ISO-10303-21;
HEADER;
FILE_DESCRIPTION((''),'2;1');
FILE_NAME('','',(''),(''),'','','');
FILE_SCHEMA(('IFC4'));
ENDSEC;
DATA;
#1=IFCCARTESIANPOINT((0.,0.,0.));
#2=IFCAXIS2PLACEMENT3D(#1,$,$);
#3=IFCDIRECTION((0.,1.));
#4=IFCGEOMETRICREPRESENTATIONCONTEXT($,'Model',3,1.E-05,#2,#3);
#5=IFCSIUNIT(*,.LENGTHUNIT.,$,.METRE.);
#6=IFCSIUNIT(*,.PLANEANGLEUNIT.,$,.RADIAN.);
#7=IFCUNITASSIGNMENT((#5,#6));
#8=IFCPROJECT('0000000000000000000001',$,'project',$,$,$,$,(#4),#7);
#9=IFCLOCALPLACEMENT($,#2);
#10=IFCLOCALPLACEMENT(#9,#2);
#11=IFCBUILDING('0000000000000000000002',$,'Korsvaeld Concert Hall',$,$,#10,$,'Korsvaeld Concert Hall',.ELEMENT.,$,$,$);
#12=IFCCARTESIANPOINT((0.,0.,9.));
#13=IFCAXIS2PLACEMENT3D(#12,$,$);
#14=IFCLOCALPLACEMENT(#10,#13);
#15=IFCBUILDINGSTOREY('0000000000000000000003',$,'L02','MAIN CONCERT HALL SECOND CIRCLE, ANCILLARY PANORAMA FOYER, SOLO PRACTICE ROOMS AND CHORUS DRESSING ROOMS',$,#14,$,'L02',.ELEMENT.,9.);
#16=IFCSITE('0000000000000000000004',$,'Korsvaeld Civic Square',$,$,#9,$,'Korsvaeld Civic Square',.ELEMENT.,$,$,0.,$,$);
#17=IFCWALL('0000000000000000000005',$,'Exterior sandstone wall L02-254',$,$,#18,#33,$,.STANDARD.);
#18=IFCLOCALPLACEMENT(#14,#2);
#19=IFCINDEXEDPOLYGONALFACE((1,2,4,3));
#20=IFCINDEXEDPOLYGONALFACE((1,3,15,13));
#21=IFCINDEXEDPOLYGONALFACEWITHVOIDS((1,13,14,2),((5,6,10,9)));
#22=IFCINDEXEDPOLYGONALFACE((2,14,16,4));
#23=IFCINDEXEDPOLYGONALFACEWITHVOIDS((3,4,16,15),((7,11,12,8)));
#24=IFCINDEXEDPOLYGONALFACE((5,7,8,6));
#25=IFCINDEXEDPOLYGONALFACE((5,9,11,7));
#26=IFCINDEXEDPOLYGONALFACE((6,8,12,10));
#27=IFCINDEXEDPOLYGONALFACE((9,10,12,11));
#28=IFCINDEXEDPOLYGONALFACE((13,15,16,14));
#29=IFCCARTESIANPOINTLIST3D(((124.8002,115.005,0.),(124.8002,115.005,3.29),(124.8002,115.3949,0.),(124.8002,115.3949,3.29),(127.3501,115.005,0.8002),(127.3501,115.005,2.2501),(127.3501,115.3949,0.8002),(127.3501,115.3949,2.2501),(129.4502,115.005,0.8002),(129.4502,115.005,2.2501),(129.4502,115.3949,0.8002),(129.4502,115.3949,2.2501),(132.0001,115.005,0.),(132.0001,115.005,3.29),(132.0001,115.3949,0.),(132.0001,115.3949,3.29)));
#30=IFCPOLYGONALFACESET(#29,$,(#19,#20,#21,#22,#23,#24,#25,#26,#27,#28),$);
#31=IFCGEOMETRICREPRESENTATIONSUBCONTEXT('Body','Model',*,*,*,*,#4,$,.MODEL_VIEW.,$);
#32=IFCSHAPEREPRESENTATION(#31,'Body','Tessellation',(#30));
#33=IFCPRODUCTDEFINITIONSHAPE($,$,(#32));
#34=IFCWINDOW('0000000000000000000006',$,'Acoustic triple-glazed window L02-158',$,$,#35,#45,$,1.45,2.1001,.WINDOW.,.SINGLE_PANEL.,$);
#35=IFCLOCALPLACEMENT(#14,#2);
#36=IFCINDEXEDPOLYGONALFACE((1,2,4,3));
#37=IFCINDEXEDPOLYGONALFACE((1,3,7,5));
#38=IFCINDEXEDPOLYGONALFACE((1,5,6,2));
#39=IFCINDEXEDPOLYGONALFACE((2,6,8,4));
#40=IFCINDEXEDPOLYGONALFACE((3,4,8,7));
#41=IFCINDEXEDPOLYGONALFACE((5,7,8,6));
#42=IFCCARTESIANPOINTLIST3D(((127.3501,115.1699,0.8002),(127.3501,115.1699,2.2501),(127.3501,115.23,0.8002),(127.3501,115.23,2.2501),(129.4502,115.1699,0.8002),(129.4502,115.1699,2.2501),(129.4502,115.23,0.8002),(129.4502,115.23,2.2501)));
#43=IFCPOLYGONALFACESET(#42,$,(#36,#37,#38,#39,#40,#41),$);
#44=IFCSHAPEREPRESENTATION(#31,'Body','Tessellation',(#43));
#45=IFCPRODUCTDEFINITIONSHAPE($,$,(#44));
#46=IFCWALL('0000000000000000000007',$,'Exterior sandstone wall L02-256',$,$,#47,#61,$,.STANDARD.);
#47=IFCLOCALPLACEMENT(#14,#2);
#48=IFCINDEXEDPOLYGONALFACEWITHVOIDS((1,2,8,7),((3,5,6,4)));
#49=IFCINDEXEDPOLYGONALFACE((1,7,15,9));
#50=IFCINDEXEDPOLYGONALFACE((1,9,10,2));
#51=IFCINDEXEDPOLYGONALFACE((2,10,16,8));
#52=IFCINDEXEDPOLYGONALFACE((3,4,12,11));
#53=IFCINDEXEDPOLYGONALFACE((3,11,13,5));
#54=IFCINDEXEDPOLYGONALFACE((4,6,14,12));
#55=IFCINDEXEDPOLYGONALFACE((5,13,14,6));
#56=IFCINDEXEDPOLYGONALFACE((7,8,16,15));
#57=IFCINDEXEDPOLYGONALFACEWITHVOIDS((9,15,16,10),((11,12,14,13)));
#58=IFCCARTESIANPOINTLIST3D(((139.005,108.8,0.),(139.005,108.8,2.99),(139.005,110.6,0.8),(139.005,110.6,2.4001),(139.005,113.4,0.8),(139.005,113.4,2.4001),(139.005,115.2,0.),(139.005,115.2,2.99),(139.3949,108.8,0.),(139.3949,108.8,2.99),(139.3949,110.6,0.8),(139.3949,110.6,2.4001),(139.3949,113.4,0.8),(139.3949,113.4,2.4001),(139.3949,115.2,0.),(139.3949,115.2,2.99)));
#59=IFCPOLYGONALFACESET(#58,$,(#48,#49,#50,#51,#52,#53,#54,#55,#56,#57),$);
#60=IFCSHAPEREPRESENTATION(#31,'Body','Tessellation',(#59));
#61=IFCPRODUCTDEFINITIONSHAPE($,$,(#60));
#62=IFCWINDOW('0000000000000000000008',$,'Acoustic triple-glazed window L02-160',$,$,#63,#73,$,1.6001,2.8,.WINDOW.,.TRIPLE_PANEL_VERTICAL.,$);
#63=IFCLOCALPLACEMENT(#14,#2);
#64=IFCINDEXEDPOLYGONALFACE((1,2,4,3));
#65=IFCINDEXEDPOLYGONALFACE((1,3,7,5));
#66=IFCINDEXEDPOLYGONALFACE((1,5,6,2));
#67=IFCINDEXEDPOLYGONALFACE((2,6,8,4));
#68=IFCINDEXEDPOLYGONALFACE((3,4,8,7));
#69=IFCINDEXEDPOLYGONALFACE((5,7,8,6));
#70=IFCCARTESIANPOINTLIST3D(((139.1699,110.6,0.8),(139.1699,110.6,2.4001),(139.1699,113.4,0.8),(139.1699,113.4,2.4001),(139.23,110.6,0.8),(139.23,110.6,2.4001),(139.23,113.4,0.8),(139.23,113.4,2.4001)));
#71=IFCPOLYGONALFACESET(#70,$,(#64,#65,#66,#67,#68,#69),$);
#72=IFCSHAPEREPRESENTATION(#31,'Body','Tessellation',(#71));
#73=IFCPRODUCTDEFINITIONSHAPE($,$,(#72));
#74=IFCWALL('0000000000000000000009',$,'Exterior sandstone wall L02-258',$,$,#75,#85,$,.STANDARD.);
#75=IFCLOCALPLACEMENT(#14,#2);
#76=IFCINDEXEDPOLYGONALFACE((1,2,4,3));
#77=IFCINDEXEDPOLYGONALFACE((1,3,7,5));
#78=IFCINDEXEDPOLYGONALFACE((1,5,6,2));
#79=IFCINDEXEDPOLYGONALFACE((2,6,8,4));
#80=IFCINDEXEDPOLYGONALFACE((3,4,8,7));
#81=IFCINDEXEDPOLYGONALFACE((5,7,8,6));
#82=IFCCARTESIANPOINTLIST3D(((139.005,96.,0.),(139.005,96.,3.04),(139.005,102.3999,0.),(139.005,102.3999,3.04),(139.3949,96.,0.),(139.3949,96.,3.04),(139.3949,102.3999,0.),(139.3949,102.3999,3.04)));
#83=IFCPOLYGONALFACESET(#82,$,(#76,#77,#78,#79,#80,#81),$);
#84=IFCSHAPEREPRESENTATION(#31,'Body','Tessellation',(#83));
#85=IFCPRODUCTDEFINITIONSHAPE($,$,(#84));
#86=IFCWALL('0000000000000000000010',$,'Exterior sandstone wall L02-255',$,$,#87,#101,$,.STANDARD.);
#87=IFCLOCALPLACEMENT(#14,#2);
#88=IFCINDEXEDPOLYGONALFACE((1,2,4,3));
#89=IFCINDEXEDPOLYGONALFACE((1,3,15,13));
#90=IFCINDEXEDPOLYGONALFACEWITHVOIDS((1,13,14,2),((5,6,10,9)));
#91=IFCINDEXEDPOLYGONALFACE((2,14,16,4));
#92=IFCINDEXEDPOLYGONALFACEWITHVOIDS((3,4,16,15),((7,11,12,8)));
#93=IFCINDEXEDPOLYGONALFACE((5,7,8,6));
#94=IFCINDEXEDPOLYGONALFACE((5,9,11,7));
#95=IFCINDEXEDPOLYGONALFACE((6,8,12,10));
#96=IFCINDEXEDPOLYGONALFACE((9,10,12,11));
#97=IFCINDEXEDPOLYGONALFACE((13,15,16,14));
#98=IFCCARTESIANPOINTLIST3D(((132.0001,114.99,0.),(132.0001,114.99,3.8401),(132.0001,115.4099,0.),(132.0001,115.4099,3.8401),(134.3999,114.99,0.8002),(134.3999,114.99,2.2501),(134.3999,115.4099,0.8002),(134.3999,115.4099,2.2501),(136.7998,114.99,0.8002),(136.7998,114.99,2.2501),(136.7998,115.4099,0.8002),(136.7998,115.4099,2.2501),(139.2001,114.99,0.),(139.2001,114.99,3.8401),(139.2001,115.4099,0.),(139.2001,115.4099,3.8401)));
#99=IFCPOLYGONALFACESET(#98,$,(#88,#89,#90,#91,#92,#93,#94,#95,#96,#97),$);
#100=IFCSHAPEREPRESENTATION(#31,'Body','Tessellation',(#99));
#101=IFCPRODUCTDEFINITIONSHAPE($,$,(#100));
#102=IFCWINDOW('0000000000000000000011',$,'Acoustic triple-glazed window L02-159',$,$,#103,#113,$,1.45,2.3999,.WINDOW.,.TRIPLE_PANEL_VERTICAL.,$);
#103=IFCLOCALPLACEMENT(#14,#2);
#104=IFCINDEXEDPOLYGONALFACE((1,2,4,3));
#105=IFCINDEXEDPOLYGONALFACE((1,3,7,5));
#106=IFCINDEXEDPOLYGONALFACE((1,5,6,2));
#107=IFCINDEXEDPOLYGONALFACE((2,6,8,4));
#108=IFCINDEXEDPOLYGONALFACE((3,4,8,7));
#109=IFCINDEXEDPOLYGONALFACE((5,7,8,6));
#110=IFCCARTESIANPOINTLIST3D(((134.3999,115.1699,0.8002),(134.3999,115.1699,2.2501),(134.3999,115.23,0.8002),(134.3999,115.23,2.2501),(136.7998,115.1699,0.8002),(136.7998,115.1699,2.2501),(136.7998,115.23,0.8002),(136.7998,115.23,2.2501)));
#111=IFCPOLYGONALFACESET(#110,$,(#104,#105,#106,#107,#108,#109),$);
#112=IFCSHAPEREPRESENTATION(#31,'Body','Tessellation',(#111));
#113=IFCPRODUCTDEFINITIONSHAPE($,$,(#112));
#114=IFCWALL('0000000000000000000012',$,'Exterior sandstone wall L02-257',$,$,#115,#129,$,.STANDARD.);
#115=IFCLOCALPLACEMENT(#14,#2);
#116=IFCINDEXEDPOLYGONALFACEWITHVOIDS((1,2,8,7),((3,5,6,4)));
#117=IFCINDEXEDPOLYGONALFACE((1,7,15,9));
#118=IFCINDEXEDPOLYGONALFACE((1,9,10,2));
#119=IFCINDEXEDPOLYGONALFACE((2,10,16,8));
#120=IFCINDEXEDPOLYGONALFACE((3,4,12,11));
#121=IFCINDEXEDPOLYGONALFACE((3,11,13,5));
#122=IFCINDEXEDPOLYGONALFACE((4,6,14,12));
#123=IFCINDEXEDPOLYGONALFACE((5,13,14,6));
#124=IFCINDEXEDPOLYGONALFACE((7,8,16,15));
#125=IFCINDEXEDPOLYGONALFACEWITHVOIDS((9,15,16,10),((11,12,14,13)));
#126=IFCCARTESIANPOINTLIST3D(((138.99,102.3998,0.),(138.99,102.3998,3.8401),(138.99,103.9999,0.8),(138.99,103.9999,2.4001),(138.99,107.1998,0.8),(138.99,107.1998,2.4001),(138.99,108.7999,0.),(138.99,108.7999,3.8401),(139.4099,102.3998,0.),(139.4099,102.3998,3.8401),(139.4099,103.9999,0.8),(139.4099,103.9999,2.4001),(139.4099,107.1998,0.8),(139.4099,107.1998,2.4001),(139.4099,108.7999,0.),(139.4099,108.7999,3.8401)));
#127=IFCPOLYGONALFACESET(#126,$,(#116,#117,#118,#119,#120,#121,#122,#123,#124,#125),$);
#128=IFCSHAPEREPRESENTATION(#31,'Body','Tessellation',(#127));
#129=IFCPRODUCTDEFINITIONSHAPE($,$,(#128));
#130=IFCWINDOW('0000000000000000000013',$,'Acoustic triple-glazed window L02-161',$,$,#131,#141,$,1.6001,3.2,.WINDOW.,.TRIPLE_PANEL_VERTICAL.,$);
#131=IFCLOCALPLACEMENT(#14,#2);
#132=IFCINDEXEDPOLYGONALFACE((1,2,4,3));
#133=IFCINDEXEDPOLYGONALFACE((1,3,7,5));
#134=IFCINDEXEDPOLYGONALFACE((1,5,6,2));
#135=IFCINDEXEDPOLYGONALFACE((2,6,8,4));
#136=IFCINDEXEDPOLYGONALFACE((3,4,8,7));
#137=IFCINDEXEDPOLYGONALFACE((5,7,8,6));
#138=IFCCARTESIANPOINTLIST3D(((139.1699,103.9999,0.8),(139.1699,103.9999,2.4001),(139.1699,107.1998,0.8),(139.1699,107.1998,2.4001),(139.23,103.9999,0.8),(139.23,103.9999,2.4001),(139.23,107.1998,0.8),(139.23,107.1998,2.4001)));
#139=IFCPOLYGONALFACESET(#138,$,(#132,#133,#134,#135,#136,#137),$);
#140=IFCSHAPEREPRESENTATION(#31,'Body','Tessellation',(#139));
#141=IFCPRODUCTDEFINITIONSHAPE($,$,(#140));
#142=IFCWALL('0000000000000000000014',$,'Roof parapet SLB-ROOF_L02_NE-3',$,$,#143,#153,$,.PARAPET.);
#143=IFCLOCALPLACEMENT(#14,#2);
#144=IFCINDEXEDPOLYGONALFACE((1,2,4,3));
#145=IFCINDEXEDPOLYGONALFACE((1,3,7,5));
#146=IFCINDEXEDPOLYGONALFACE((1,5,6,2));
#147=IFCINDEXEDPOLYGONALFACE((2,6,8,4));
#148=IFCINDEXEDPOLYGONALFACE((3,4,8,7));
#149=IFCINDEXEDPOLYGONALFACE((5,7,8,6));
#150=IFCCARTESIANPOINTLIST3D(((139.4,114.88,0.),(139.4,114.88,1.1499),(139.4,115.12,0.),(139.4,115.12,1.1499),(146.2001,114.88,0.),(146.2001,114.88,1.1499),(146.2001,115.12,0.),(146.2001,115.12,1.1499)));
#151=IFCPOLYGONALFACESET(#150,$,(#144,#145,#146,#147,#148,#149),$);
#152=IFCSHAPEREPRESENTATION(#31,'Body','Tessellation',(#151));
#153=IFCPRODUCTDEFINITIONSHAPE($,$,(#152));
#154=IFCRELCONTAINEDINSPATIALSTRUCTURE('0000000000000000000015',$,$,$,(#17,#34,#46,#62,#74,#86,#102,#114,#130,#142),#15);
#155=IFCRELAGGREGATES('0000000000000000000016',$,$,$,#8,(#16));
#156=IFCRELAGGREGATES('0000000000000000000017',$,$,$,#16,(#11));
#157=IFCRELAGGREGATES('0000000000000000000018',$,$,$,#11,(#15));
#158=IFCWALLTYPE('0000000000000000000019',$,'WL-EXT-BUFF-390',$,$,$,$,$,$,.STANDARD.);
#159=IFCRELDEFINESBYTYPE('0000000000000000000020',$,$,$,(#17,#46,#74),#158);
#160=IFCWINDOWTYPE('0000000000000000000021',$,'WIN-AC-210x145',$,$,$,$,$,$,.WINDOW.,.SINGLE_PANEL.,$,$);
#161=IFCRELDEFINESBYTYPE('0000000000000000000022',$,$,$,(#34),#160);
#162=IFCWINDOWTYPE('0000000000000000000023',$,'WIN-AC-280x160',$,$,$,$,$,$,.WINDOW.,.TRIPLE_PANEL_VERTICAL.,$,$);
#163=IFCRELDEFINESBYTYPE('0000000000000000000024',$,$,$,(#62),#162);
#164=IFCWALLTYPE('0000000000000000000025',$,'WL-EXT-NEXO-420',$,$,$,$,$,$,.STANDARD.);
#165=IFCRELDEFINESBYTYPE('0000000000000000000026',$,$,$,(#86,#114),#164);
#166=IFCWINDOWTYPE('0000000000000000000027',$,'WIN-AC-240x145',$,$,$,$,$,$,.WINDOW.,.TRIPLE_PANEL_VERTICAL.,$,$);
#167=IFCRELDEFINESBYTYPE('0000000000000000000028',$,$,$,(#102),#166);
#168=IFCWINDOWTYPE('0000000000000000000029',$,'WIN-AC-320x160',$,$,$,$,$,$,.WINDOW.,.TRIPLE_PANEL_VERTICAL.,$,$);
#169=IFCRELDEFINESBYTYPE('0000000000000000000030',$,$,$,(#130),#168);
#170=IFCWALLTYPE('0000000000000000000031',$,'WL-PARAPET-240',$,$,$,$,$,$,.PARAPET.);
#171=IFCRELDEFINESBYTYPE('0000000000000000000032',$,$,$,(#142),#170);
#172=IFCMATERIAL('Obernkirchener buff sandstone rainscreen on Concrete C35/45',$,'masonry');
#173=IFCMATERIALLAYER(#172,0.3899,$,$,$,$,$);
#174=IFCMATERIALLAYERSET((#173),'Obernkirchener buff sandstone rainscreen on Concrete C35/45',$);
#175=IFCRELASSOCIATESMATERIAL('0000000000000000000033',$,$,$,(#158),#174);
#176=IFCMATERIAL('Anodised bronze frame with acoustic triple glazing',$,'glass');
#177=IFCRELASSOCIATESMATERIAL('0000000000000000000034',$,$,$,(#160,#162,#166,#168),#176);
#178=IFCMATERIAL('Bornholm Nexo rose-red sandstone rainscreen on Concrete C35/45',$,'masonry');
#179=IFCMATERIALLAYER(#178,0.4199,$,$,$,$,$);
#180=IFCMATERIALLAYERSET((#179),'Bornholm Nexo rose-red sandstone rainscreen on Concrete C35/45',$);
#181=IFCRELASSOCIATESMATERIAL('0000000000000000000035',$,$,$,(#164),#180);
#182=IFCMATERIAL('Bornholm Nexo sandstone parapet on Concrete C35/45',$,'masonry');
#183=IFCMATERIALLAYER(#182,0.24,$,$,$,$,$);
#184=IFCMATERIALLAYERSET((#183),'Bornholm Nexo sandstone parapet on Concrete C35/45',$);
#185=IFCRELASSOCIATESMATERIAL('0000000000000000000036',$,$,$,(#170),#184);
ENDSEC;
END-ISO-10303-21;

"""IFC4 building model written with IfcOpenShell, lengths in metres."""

from ifc_helpers import new_model, si_unit, direction, frame, frame_2d, origin, place, context, subcontext, project, spatial, rectangle, extrude, material, layer, layer_set, type_object, element, fill, save


model = new_model("IFC4")

# Units and contexts
model_context = context("Model", 3, precision=1e-05, world=origin(), true_north=direction((0.0, 1.0)))
body_context = subcontext(model_context, "Body", "Model", "MODEL_VIEW")
ifc_project = project(units=[si_unit("LENGTHUNIT", "METRE"), si_unit("PLANEANGLEUNIT", "RADIAN")], contexts=[model_context])

# Site, building, storey
site_placement = place(None, origin())
site = spatial("IfcSite", under=ifc_project, at=site_placement, Name="Korsvaeld Civic Square", LongName="Korsvaeld Civic Square", CompositionType="ELEMENT", RefElevation=0.0)
building_placement = place(site_placement, origin())
building = spatial("IfcBuilding", under=site, at=building_placement, Name="Korsvaeld Concert Hall", LongName="Korsvaeld Concert Hall", CompositionType="ELEMENT")
storey_placement = place(building_placement, frame((0.0, 0.0, 9.0)))
storey = spatial("IfcBuildingStorey", under=building, at=storey_placement, Name="L02", Description="MAIN CONCERT HALL SECOND CIRCLE, ANCILLARY PANORAMA FOYER, SOLO PRACTICE ROOMS AND CHORUS DRESSING ROOMS", LongName="L02", CompositionType="ELEMENT", Elevation=9.0)

# Walls, openings, windows
ifc_material_1 = material(Name="Obernkirchener buff sandstone rainscreen on Concrete C35/45", Category="masonry")
ifc_layer_1 = layer(ifc_material_1, 0.3899)
ifc_layer_set_1 = layer_set([ifc_layer_1], Name="Obernkirchener buff sandstone rainscreen on Concrete C35/45")
wall_type_1 = type_object("IfcWallType", Name="WL-EXT-BUFF-390", PredefinedType="STANDARD", material=ifc_layer_set_1)
wall_1_placement = place(storey_placement, frame((124.8, 115.2, 0.0), z_axis=(0.0, 0.0, 1.0), x_axis=(1.0, 0.0, 0.0)))
wall_1 = element("IfcWall", 1, at=wall_1_placement, inside=storey, type_object=wall_type_1, Name="Exterior sandstone wall L02-254", PredefinedType="STANDARD", context=body_context, shape_type="SweptSolid", body=[
    extrude(rectangle(XDim=7.2, YDim=0.3899, at=frame_2d((3.6001, 0.0))), origin(), (0.0, 0.0, 1.0), 3.29),
])
opening_1_placement = place(wall_1_placement, frame((2.55, 0.0, 0.8)))
opening_1 = element("IfcOpeningElement", 2, at=opening_1_placement, cuts=wall_1, PredefinedType="OPENING", context=body_context, shape_type="SweptSolid", body=[
    extrude(rectangle(XDim=2.1001, YDim=1.45, at=frame_2d((1.05, 0.7251))), frame((0.0, 0.2051, 0.0), z_axis=(0.0, -1.0, 0.0), x_axis=(1.0, 0.0, 0.0)), (0.0, 0.0, 1.0), 0.4099),
])
ifc_material_2 = material(Name="Anodised bronze frame with acoustic triple glazing", Category="glass")
window_type_1 = type_object("IfcWindowType", Name="WIN-AC-210x145", PartitioningType="SINGLE_PANEL", PredefinedType="WINDOW", material=ifc_material_2)
window_1_placement = place(opening_1_placement, origin())
window_1 = element("IfcWindow", 3, at=window_1_placement, inside=storey, type_object=window_type_1, Name="Acoustic triple-glazed window L02-158", OverallHeight=1.45, OverallWidth=2.1001, PartitioningType="SINGLE_PANEL", PredefinedType="WINDOW", context=body_context, shape_type="SweptSolid", body=[
    extrude(rectangle(XDim=2.1001, YDim=1.45, at=frame_2d((1.05, 0.7251))), frame((0.0, 0.03, 0.0), z_axis=(0.0, -1.0, 0.0), x_axis=(1.0, 0.0, 0.0)), (0.0, 0.0, 1.0), 0.0601),
])
fill(opening_1, window_1)
wall_2_placement = place(storey_placement, frame((139.2, 115.2, 0.0), z_axis=(0.0, 0.0, 1.0), x_axis=(0.0, -1.0, 0.0)))
wall_2 = element("IfcWall", 4, at=wall_2_placement, inside=storey, type_object=wall_type_1, Name="Exterior sandstone wall L02-256", PredefinedType="STANDARD", context=body_context, shape_type="SweptSolid", body=[
    extrude(rectangle(XDim=6.3999, YDim=0.3899, at=frame_2d((3.2, 0.0))), origin(), (0.0, 0.0, 1.0), 2.99),
])
opening_2_placement = place(wall_2_placement, frame((1.8, 0.0, 0.8)))
opening_2 = element("IfcOpeningElement", 5, at=opening_2_placement, cuts=wall_2, PredefinedType="OPENING", context=body_context, shape_type="SweptSolid", body=[
    extrude(rectangle(XDim=2.8, YDim=1.6001, at=frame_2d((1.3999, 0.8))), frame((0.0, 0.2051, 0.0), z_axis=(0.0, -1.0, 0.0), x_axis=(1.0, 0.0, 0.0)), (0.0, 0.0, 1.0), 0.4099),
])
window_type_2 = type_object("IfcWindowType", Name="WIN-AC-280x160", PartitioningType="TRIPLE_PANEL_VERTICAL", PredefinedType="WINDOW", material=ifc_material_2)
window_2_placement = place(opening_2_placement, origin())
window_2 = element("IfcWindow", 6, at=window_2_placement, inside=storey, type_object=window_type_2, Name="Acoustic triple-glazed window L02-160", OverallHeight=1.6001, OverallWidth=2.8, PartitioningType="TRIPLE_PANEL_VERTICAL", PredefinedType="WINDOW", context=body_context, shape_type="SweptSolid", body=[
    extrude(rectangle(XDim=2.8, YDim=1.6001, at=frame_2d((1.3999, 0.8))), frame((0.0, 0.03, 0.0), z_axis=(0.0, -1.0, 0.0), x_axis=(1.0, 0.0, 0.0)), (0.0, 0.0, 1.0), 0.0601),
])
fill(opening_2, window_2)

# Wall
wall_3_placement = place(storey_placement, frame((139.2, 102.3999, 0.0), z_axis=(0.0, 0.0, 1.0), x_axis=(0.0, -1.0, 0.0)))
element("IfcWall", 7, at=wall_3_placement, inside=storey, type_object=wall_type_1, Name="Exterior sandstone wall L02-258", PredefinedType="STANDARD", context=body_context, shape_type="SweptSolid", body=[
    extrude(rectangle(XDim=6.3999, YDim=0.3899, at=frame_2d((3.2, 0.0))), origin(), (0.0, 0.0, 1.0), 3.04),
])

# Walls, openings, windows
ifc_material_3 = material(Name="Bornholm Nexo rose-red sandstone rainscreen on Concrete C35/45", Category="masonry")
ifc_layer_2 = layer(ifc_material_3, 0.4199)
ifc_layer_set_2 = layer_set([ifc_layer_2], Name="Bornholm Nexo rose-red sandstone rainscreen on Concrete C35/45")
wall_type_2 = type_object("IfcWallType", Name="WL-EXT-NEXO-420", PredefinedType="STANDARD", material=ifc_layer_set_2)
wall_4_placement = place(storey_placement, frame((132.0, 115.2, 0.0), z_axis=(0.0, 0.0, 1.0), x_axis=(1.0, 0.0, 0.0)))
wall_4 = element("IfcWall", 8, at=wall_4_placement, inside=storey, type_object=wall_type_2, Name="Exterior sandstone wall L02-255", PredefinedType="STANDARD", context=body_context, shape_type="SweptSolid", body=[
    extrude(rectangle(XDim=7.2, YDim=0.4199, at=frame_2d((3.6001, 0.0))), origin(), (0.0, 0.0, 1.0), 3.8401),
])
opening_3_placement = place(wall_4_placement, frame((2.3999, 0.0, 0.8)))
opening_3 = element("IfcOpeningElement", 9, at=opening_3_placement, cuts=wall_4, PredefinedType="OPENING", context=body_context, shape_type="SweptSolid", body=[
    extrude(rectangle(XDim=2.3999, YDim=1.45, at=frame_2d((1.2, 0.7251))), frame((0.0, 0.22, 0.0), z_axis=(0.0, -1.0, 0.0), x_axis=(1.0, 0.0, 0.0)), (0.0, 0.0, 1.0), 0.4399),
])
window_type_3 = type_object("IfcWindowType", Name="WIN-AC-240x145", PartitioningType="TRIPLE_PANEL_VERTICAL", PredefinedType="WINDOW", material=ifc_material_2)
window_3_placement = place(opening_3_placement, origin())
window_3 = element("IfcWindow", 10, at=window_3_placement, inside=storey, type_object=window_type_3, Name="Acoustic triple-glazed window L02-159", OverallHeight=1.45, OverallWidth=2.3999, PartitioningType="TRIPLE_PANEL_VERTICAL", PredefinedType="WINDOW", context=body_context, shape_type="SweptSolid", body=[
    extrude(rectangle(XDim=2.3999, YDim=1.45, at=frame_2d((1.2, 0.7251))), frame((0.0, 0.03, 0.0), z_axis=(0.0, -1.0, 0.0), x_axis=(1.0, 0.0, 0.0)), (0.0, 0.0, 1.0), 0.0601),
])
fill(opening_3, window_3)
wall_5_placement = place(storey_placement, frame((139.2, 108.8, 0.0), z_axis=(0.0, 0.0, 1.0), x_axis=(0.0, -1.0, 0.0)))
wall_5 = element("IfcWall", 11, at=wall_5_placement, inside=storey, type_object=wall_type_2, Name="Exterior sandstone wall L02-257", PredefinedType="STANDARD", context=body_context, shape_type="SweptSolid", body=[
    extrude(rectangle(XDim=6.4001, YDim=0.4199, at=frame_2d((3.2002, 0.0))), origin(), (0.0, 0.0, 1.0), 3.8401),
])
opening_4_placement = place(wall_5_placement, frame((1.6001, 0.0, 0.8)))
opening_4 = element("IfcOpeningElement", 12, at=opening_4_placement, cuts=wall_5, PredefinedType="OPENING", context=body_context, shape_type="SweptSolid", body=[
    extrude(rectangle(XDim=3.2, YDim=1.6001, at=frame_2d((1.6001, 0.8))), frame((0.0, 0.22, 0.0), z_axis=(0.0, -1.0, 0.0), x_axis=(1.0, 0.0, 0.0)), (0.0, 0.0, 1.0), 0.4399),
])
window_type_4 = type_object("IfcWindowType", Name="WIN-AC-320x160", PartitioningType="TRIPLE_PANEL_VERTICAL", PredefinedType="WINDOW", material=ifc_material_2)
window_4_placement = place(opening_4_placement, origin())
window_4 = element("IfcWindow", 13, at=window_4_placement, inside=storey, type_object=window_type_4, Name="Acoustic triple-glazed window L02-161", OverallHeight=1.6001, OverallWidth=3.2, PartitioningType="TRIPLE_PANEL_VERTICAL", PredefinedType="WINDOW", context=body_context, shape_type="SweptSolid", body=[
    extrude(rectangle(XDim=3.2, YDim=1.6001, at=frame_2d((1.6001, 0.8))), frame((0.0, 0.03, 0.0), z_axis=(0.0, -1.0, 0.0), x_axis=(1.0, 0.0, 0.0)), (0.0, 0.0, 1.0), 0.0601),
])
fill(opening_4, window_4)

# Wall
ifc_material_4 = material(Name="Bornholm Nexo sandstone parapet on Concrete C35/45", Category="masonry")
ifc_layer_3 = layer(ifc_material_4, 0.24)
ifc_layer_set_3 = layer_set([ifc_layer_3], Name="Bornholm Nexo sandstone parapet on Concrete C35/45")
wall_type_3 = type_object("IfcWallType", Name="WL-PARAPET-240", PredefinedType="PARAPET", material=ifc_layer_set_3)
wall_6_placement = place(storey_placement, frame((146.2, 115.0, 0.0), z_axis=(0.0, 0.0, 1.0), x_axis=(-1.0, 0.0, 0.0)))
element("IfcWall", 14, at=wall_6_placement, inside=storey, type_object=wall_type_3, Name="Roof parapet SLB-ROOF_L02_NE-3", PredefinedType="PARAPET", context=body_context, shape_type="SweptSolid", body=[
    extrude(rectangle(XDim=6.8, YDim=0.24, at=frame_2d((3.3999, 0.0))), origin(), (0.0, 0.0, 1.0), 1.1499),
])

save(model, "model.ifc")
